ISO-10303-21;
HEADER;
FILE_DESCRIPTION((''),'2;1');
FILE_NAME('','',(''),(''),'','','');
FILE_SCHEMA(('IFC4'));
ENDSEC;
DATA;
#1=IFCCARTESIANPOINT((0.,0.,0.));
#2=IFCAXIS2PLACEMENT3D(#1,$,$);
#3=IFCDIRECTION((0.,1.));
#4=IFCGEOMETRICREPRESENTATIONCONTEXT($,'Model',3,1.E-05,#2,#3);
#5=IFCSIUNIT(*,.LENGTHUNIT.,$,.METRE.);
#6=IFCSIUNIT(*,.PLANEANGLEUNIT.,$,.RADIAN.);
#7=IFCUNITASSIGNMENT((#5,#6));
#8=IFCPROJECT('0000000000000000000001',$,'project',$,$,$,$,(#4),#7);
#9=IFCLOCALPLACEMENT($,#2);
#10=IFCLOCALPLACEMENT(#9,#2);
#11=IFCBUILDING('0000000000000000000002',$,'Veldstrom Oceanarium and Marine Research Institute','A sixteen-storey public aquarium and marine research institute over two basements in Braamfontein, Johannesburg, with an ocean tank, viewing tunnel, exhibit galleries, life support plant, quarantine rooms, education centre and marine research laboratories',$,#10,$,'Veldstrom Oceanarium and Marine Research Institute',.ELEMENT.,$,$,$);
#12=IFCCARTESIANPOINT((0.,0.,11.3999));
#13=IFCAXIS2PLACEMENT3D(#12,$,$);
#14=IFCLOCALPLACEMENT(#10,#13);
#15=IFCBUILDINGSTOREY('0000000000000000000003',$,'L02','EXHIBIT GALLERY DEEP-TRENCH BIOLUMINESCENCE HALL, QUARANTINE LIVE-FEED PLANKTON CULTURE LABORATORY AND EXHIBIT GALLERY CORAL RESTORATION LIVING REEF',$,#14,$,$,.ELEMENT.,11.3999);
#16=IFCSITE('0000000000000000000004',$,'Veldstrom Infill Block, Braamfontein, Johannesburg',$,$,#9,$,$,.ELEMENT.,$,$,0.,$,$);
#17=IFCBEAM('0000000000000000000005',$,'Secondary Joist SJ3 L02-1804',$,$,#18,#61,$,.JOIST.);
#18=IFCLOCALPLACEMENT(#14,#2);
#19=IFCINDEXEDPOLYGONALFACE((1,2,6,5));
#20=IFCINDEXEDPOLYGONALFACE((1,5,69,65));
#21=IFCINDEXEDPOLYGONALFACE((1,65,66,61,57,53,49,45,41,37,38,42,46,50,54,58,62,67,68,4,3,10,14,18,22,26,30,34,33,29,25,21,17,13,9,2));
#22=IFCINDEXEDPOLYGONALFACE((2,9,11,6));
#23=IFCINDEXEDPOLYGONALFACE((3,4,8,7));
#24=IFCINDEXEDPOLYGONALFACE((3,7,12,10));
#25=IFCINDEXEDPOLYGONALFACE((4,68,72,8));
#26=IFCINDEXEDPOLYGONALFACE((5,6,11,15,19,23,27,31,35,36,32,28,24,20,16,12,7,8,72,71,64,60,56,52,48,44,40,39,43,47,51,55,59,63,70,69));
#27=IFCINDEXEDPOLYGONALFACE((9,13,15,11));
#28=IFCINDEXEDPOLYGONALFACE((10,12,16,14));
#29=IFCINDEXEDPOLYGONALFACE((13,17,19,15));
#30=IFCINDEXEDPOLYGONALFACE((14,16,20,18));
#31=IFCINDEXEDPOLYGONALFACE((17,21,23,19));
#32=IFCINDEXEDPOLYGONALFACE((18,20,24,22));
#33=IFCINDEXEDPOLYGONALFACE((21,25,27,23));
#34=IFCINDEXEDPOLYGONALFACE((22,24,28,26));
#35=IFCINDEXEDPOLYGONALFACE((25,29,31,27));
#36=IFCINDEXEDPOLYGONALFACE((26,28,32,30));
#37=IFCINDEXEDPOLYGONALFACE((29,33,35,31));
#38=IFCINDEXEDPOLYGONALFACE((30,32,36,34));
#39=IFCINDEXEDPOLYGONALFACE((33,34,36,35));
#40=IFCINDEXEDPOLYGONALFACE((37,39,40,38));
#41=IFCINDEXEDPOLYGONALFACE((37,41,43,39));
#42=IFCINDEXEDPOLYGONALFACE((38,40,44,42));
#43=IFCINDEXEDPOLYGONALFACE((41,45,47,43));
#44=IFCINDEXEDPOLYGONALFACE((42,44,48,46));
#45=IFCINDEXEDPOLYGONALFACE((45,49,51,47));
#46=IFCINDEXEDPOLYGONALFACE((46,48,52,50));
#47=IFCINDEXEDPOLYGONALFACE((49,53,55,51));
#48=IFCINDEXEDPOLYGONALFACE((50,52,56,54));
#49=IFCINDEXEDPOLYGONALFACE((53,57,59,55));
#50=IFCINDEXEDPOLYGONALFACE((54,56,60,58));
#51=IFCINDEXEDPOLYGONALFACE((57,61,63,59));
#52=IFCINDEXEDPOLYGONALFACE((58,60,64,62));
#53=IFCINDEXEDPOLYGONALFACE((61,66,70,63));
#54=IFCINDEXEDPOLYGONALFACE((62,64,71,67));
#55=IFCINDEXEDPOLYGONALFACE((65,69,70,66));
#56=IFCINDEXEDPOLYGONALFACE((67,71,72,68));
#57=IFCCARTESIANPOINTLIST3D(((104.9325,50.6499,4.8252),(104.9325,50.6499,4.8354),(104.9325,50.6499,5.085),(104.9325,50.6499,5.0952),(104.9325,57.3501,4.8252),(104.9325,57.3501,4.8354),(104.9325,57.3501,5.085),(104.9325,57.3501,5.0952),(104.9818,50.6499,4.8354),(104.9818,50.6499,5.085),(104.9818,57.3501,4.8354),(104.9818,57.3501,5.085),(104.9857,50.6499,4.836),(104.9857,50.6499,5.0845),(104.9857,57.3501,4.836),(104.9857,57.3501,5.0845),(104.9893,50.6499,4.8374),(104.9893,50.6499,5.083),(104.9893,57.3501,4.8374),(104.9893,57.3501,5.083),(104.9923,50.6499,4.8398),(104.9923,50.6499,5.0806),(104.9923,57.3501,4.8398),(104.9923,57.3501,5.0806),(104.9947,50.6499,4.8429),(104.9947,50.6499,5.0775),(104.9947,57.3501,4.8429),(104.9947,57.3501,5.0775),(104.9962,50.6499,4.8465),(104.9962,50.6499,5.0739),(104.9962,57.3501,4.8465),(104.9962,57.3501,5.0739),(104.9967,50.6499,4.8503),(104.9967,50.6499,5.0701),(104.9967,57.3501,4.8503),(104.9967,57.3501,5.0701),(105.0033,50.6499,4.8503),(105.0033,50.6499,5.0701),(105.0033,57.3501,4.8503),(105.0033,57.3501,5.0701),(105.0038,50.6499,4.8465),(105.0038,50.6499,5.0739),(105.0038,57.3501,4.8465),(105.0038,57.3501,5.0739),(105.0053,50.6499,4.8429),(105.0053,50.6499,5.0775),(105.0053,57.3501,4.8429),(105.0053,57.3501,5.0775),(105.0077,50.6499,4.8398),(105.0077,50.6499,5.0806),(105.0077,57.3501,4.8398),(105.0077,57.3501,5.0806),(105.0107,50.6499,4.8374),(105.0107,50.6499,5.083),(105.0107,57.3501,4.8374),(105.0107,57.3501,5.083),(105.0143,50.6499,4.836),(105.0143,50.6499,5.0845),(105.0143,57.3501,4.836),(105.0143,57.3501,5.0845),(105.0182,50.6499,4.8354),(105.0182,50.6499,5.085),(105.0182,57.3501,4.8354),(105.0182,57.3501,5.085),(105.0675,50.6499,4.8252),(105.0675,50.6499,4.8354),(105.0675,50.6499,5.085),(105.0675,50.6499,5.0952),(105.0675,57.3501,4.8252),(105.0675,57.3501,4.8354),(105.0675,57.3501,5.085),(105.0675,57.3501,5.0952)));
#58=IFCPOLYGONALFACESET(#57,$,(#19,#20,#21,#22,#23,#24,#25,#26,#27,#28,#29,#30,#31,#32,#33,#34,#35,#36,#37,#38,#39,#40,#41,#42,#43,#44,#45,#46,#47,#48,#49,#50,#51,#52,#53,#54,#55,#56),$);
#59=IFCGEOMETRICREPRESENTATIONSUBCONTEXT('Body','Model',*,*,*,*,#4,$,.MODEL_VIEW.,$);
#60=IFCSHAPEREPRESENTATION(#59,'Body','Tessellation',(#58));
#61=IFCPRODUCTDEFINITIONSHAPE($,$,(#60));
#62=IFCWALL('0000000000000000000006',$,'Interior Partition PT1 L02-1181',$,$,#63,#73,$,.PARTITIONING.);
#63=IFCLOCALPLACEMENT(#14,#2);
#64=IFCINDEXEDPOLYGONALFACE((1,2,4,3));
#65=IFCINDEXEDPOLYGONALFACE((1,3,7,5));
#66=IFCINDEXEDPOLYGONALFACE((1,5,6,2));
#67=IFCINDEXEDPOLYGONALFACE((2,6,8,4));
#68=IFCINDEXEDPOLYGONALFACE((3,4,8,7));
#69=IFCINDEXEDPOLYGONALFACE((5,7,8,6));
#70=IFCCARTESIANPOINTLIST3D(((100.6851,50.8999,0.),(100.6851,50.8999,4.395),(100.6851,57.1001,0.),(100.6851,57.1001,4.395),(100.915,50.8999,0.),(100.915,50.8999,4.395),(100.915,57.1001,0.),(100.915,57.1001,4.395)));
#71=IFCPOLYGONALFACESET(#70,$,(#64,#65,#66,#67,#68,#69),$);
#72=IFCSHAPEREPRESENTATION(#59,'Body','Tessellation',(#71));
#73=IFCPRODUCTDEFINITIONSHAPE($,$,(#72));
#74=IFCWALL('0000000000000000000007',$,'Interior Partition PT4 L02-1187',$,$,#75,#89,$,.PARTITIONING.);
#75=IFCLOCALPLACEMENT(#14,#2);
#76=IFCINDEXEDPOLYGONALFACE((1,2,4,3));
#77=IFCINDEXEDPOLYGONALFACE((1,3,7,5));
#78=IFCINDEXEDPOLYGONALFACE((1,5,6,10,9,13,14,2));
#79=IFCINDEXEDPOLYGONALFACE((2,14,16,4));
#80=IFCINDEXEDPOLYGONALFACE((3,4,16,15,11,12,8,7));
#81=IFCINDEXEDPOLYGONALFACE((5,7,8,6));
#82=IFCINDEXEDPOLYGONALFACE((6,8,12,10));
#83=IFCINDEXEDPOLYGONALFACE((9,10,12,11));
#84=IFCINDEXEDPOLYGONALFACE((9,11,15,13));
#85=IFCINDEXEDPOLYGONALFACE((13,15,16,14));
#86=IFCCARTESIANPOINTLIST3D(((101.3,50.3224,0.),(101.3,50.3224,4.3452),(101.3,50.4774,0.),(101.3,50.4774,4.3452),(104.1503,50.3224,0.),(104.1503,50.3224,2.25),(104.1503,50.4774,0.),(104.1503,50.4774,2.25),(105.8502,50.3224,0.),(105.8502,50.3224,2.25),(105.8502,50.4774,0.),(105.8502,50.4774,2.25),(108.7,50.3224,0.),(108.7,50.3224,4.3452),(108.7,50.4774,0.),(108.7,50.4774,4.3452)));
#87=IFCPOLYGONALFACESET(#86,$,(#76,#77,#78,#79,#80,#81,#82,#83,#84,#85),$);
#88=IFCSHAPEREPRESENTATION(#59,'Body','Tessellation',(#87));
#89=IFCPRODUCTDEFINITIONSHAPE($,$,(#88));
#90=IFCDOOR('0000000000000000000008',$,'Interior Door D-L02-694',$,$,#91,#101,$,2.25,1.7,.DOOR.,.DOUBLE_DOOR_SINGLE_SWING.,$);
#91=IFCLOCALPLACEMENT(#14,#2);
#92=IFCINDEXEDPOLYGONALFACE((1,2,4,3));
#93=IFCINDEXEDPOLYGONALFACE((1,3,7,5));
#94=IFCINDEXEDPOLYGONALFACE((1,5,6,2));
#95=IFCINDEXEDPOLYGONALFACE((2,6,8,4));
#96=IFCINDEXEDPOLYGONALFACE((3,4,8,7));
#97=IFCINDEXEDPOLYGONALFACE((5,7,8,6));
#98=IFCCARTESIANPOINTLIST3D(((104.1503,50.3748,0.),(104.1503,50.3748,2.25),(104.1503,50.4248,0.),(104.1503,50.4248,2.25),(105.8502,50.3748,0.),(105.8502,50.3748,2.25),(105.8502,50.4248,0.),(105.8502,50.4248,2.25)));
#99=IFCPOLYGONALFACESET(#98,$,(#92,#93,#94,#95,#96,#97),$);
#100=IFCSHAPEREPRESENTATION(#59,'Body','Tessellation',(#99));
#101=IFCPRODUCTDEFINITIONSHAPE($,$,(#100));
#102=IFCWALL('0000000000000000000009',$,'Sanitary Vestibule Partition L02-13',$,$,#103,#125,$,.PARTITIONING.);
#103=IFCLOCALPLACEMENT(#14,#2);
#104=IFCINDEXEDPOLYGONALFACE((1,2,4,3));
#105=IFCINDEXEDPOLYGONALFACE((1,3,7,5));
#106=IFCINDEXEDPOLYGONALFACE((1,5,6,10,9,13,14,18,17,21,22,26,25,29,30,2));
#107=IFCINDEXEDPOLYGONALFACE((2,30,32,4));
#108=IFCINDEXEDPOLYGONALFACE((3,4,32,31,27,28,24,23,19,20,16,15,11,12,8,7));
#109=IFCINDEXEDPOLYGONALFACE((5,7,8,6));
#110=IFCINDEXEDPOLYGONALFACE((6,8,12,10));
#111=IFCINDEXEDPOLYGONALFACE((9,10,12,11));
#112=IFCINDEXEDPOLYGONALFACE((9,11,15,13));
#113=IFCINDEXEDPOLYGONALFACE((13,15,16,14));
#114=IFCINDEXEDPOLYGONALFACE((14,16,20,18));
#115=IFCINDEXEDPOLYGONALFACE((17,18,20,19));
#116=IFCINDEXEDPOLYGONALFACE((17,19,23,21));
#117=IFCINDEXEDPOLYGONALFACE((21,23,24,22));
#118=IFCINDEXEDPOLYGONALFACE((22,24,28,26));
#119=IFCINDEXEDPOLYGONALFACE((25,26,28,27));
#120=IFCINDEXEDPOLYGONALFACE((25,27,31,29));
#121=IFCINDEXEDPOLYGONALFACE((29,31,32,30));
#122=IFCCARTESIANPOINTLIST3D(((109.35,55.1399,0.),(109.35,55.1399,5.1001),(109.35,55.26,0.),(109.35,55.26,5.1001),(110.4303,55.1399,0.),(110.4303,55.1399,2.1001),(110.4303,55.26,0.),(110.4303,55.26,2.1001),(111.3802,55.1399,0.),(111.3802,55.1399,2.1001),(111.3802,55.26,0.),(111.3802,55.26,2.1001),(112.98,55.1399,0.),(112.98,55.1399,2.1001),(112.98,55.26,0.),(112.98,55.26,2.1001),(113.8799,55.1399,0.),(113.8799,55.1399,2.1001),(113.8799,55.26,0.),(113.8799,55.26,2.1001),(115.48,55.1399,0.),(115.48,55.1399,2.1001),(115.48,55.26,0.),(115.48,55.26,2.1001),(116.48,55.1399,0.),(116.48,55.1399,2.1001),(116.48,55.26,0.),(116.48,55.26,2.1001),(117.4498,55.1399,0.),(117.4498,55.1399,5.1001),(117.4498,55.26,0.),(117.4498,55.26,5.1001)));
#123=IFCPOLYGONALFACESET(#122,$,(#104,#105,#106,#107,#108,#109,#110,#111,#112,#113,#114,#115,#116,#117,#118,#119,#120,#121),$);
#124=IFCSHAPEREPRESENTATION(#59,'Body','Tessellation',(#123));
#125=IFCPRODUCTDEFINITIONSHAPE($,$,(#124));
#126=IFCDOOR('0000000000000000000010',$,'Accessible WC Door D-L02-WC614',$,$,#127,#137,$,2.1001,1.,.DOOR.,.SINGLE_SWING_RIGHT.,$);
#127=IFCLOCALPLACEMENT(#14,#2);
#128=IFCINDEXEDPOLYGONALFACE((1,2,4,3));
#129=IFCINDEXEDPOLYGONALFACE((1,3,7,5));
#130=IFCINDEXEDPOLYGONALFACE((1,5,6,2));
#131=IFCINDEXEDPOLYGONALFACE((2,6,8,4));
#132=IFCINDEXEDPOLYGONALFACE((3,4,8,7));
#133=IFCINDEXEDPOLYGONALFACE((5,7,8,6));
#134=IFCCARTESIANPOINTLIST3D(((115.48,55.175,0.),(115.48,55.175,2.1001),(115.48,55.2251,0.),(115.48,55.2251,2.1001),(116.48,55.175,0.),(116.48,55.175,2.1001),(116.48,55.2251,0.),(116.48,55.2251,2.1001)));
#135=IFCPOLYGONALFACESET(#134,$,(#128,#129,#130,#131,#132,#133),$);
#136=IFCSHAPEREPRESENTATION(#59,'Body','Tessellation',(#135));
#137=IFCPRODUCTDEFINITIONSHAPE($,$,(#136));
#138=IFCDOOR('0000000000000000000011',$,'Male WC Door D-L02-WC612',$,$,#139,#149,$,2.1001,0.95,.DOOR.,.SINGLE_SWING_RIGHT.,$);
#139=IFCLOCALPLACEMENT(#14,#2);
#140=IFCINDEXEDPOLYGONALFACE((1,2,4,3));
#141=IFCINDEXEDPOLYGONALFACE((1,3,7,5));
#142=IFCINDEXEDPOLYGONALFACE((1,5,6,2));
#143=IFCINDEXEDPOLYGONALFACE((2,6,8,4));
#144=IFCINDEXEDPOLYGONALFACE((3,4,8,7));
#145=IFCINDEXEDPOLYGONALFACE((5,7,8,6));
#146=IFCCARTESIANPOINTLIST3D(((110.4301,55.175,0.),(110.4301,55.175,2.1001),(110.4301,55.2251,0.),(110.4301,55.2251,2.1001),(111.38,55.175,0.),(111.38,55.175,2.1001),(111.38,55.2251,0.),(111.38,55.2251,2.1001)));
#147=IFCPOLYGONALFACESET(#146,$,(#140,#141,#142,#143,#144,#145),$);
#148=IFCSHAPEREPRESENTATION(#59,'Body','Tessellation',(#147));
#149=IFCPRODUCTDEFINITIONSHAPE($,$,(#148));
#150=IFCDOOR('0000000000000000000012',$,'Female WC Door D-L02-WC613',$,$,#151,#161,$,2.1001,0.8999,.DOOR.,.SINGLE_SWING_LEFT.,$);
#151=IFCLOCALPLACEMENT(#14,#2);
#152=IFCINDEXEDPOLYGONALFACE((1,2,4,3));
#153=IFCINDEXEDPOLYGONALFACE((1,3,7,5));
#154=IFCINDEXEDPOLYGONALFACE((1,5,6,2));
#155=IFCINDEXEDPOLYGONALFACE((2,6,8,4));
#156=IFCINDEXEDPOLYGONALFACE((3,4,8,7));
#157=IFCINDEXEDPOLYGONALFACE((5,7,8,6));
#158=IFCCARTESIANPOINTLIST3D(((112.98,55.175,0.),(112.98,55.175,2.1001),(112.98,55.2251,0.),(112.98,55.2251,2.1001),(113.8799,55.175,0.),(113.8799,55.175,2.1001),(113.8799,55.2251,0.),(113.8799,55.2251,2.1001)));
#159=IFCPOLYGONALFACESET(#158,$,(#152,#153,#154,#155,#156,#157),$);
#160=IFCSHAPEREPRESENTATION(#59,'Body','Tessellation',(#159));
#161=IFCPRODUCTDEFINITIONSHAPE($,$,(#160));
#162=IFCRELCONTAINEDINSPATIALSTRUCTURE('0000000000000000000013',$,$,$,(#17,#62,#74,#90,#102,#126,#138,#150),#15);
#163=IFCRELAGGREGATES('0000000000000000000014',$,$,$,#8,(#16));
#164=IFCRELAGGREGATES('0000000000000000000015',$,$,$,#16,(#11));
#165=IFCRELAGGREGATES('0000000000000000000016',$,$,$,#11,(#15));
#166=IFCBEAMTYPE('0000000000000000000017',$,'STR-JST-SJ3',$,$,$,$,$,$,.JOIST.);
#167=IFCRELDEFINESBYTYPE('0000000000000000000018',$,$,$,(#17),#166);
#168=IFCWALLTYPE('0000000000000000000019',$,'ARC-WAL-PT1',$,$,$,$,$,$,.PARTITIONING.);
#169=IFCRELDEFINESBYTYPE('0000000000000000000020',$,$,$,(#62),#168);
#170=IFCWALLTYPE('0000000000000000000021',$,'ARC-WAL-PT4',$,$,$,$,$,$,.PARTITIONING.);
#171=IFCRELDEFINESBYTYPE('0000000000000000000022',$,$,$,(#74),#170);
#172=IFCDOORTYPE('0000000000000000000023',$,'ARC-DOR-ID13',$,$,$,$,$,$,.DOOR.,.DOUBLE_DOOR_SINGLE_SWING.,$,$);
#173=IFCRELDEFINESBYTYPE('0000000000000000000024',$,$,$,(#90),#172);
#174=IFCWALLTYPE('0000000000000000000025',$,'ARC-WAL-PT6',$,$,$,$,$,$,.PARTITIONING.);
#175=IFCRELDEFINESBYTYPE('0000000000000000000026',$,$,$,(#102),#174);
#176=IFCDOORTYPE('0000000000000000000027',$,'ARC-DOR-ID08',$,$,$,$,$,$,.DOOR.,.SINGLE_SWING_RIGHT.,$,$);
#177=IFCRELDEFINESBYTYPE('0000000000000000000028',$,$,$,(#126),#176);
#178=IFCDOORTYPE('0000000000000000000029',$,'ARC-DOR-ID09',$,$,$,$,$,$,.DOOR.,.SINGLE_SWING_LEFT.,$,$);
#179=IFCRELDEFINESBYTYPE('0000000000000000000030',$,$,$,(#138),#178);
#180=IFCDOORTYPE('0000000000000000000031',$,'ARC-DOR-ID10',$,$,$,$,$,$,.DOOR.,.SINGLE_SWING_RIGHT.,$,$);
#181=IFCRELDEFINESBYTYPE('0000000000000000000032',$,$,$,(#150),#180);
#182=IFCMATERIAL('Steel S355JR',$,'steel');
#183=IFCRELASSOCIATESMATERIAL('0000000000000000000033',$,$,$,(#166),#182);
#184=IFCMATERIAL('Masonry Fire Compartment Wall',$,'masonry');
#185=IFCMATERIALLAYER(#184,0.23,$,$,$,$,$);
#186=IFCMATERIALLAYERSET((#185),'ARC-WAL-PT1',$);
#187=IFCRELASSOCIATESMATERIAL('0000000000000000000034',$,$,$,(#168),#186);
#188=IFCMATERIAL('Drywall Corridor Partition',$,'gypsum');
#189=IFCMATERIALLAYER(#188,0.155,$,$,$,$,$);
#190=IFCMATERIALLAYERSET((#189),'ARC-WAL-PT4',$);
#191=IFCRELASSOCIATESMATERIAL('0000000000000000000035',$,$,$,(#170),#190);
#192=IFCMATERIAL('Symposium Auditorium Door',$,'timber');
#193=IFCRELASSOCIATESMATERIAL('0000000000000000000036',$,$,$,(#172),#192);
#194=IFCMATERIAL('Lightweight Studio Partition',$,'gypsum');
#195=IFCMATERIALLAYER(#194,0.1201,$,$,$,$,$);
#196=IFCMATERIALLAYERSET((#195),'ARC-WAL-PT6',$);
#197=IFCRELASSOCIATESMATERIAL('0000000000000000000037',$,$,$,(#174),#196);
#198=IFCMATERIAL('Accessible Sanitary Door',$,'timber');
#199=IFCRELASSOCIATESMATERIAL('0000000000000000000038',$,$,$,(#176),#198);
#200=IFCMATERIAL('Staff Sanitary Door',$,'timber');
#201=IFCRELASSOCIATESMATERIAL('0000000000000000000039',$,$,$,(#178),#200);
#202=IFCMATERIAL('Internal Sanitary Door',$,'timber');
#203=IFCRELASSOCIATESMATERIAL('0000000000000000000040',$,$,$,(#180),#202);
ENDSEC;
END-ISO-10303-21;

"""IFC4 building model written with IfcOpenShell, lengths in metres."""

from ifc_helpers import new_model, si_unit, direction, frame, frame_2d, origin, origin_2d, place, context, subcontext, project, spatial, rectangle, i_section, extrude, material, layer, layer_set, material_profile, profile_set, type_object, element, fill, save


model = new_model("IFC4")

# Units and contexts
model_context = context("Model", 3, precision=1e-05, world=origin(), true_north=direction((0.0, 1.0)))
body_context = subcontext(model_context, "Body", "Model", "MODEL_VIEW")
ifc_project = project(units=[si_unit("LENGTHUNIT", "METRE"), si_unit("PLANEANGLEUNIT", "RADIAN")], contexts=[model_context])

# Site, building, storey
site_placement = place(None, origin())
site = spatial("IfcSite", under=ifc_project, at=site_placement, Name="Veldstrom Infill Block, Braamfontein, Johannesburg", CompositionType="ELEMENT", RefElevation=0.0)
building_placement = place(site_placement, origin())
building = spatial("IfcBuilding", under=site, at=building_placement, Name="Veldstrom Oceanarium and Marine Research Institute", Description="A sixteen-storey public aquarium and marine research institute over two basements in Braamfontein, Johannesburg, with an ocean tank, viewing tunnel, exhibit galleries, life support plant, quarantine rooms, education centre and marine research laboratories", LongName="Veldstrom Oceanarium and Marine Research Institute", CompositionType="ELEMENT")
storey_placement = place(building_placement, frame((0.0, 0.0, 11.3999)))
storey = spatial("IfcBuildingStorey", under=building, at=storey_placement, Name="L02", Description="EXHIBIT GALLERY DEEP-TRENCH BIOLUMINESCENCE HALL, QUARANTINE LIVE-FEED PLANKTON CULTURE LABORATORY AND EXHIBIT GALLERY CORAL RESTORATION LIVING REEF", CompositionType="ELEMENT", Elevation=11.3999)

# Beam
ifc_material_1 = material(Name="Steel S355JR", Category="steel")
ifc_material_profile_1 = material_profile(ifc_material_1, i_section(OverallWidth=0.135, OverallDepth=0.27, WebThickness=0.0066, FlangeThickness=0.0103, FilletRadius=0.0149, at=origin_2d()), Name="IPE 270")
ifc_profile_set_1 = profile_set([ifc_material_profile_1], Name="Steel S355JR")
beam_type_1 = type_object("IfcBeamType", Name="STR-JST-SJ3", PredefinedType="JOIST", material=ifc_profile_set_1)
beam_1_placement = place(storey_placement, frame((105.0, 50.6499, 4.9602), z_axis=(0.0, 1.0, 0.0), x_axis=(-1.0, 0.0, 0.0)))
element("IfcBeam", 1, at=beam_1_placement, inside=storey, type_object=beam_type_1, Name="Secondary Joist SJ3 L02-1804", PredefinedType="JOIST", context=body_context, shape_type="SweptSolid", body=[
    extrude(i_section(OverallWidth=0.135, OverallDepth=0.27, WebThickness=0.0066, FlangeThickness=0.0103, FilletRadius=0.0149, at=origin_2d()), origin(), (0.0, 0.0, 1.0), 6.7002),
])

# Wall
ifc_material_2 = material(Name="Masonry Fire Compartment Wall", Category="masonry")
ifc_layer_1 = layer(ifc_material_2, 0.23)
ifc_layer_set_1 = layer_set([ifc_layer_1], Name="ARC-WAL-PT1")
wall_type_1 = type_object("IfcWallType", Name="ARC-WAL-PT1", PredefinedType="PARTITIONING", material=ifc_layer_set_1)
wall_1_placement = place(storey_placement, frame((100.8, 50.8999, 0.0), z_axis=(0.0, 0.0, 1.0), x_axis=(0.0, 1.0, 0.0)))
element("IfcWall", 2, at=wall_1_placement, inside=storey, type_object=wall_type_1, Name="Interior Partition PT1 L02-1181", PredefinedType="PARTITIONING", context=body_context, shape_type="SweptSolid", body=[
    extrude(rectangle(XDim=6.2002, YDim=0.23, at=frame_2d((3.1001, 0.0))), origin(), (0.0, 0.0, 1.0), 4.395),
])

# Wall, opening, door
ifc_material_3 = material(Name="Drywall Corridor Partition", Category="gypsum")
ifc_layer_2 = layer(ifc_material_3, 0.155)
ifc_layer_set_2 = layer_set([ifc_layer_2], Name="ARC-WAL-PT4")
wall_type_2 = type_object("IfcWallType", Name="ARC-WAL-PT4", PredefinedType="PARTITIONING", material=ifc_layer_set_2)
wall_2_placement = place(storey_placement, frame((101.3, 50.3999, 0.0), z_axis=(0.0, 0.0, 1.0), x_axis=(1.0, 0.0, 0.0)))
wall_2 = element("IfcWall", 3, at=wall_2_placement, inside=storey, type_object=wall_type_2, Name="Interior Partition PT4 L02-1187", PredefinedType="PARTITIONING", context=body_context, shape_type="SweptSolid", body=[
    extrude(rectangle(XDim=7.3999, YDim=0.155, at=frame_2d((3.7, 0.0))), origin(), (0.0, 0.0, 1.0), 4.3452),
])
opening_1_placement = place(wall_2_placement, frame((2.8501, 0.0, 0.0)))
opening_1 = element("IfcOpeningElement", 4, at=opening_1_placement, cuts=wall_2, PredefinedType="OPENING", context=body_context, shape_type="SweptSolid", body=[
    extrude(rectangle(XDim=1.7, YDim=2.25, at=frame_2d((0.8501, 1.125))), frame((0.0, 0.0874, 0.0), z_axis=(0.0, -1.0, 0.0), x_axis=(1.0, 0.0, 0.0)), (0.0, 0.0, 1.0), 0.175),
])
ifc_material_4 = material(Name="Symposium Auditorium Door", Category="timber")
door_type_1 = type_object("IfcDoorType", Name="ARC-DOR-ID13", OperationType="DOUBLE_DOOR_SINGLE_SWING", PredefinedType="DOOR", material=ifc_material_4)
door_1_placement = place(opening_1_placement, origin())
door_1 = element("IfcDoor", 5, at=door_1_placement, inside=storey, type_object=door_type_1, Name="Interior Door D-L02-694", OperationType="DOUBLE_DOOR_SINGLE_SWING", OverallHeight=2.25, OverallWidth=1.7, PredefinedType="DOOR", context=body_context, shape_type="SweptSolid", body=[
    extrude(rectangle(XDim=1.7, YDim=2.25, at=frame_2d((0.8501, 1.125))), frame((0.0, 0.0249, 0.0), z_axis=(0.0, -1.0, 0.0), x_axis=(1.0, 0.0, 0.0)), (0.0, 0.0, 1.0), 0.05),
])
fill(opening_1, door_1)

# Wall, openings, doors
ifc_material_5 = material(Name="Lightweight Studio Partition", Category="gypsum")
ifc_layer_3 = layer(ifc_material_5, 0.1201)
ifc_layer_set_3 = layer_set([ifc_layer_3], Name="ARC-WAL-PT6")
wall_type_3 = type_object("IfcWallType", Name="ARC-WAL-PT6", PredefinedType="PARTITIONING", material=ifc_layer_set_3)
wall_3_placement = place(storey_placement, frame((109.3501, 55.2, 0.0), z_axis=(0.0, 0.0, 1.0), x_axis=(1.0, 0.0, 0.0)))
wall_3 = element("IfcWall", 6, at=wall_3_placement, inside=storey, type_object=wall_type_3, Name="Sanitary Vestibule Partition L02-13", PredefinedType="PARTITIONING", context=body_context, shape_type="SweptSolid", body=[
    extrude(rectangle(XDim=8.0999, YDim=0.1201, at=frame_2d((4.0498, 0.0))), origin(), (0.0, 0.0, 1.0), 5.1001),
])
opening_2_placement = place(wall_3_placement, frame((1.0801, 0.0, 0.0)))
opening_2 = element("IfcOpeningElement", 7, at=opening_2_placement, cuts=wall_3, PredefinedType="OPENING", context=body_context, shape_type="SweptSolid", body=[
    extrude(rectangle(XDim=0.95, YDim=2.1001, at=frame_2d((0.4751, 1.05))), frame((0.0, 0.0701, 0.0), z_axis=(0.0, -1.0, 0.0), x_axis=(1.0, 0.0, 0.0)), (0.0, 0.0, 1.0), 0.1401),
])
opening_3_placement = place(wall_3_placement, frame((3.6299, 0.0, 0.0)))
opening_3 = element("IfcOpeningElement", 8, at=opening_3_placement, cuts=wall_3, PredefinedType="OPENING", context=body_context, shape_type="SweptSolid", body=[
    extrude(rectangle(XDim=0.8999, YDim=2.1001, at=frame_2d((0.45, 1.05))), frame((0.0, 0.0701, 0.0), z_axis=(0.0, -1.0, 0.0), x_axis=(1.0, 0.0, 0.0)), (0.0, 0.0, 1.0), 0.1401),
])
opening_4_placement = place(wall_3_placement, frame((6.1299, 0.0, 0.0)))
opening_4 = element("IfcOpeningElement", 9, at=opening_4_placement, cuts=wall_3, PredefinedType="OPENING", context=body_context, shape_type="SweptSolid", body=[
    extrude(rectangle(XDim=1.0, YDim=2.1001, at=frame_2d((0.5, 1.05))), frame((0.0, 0.0701, 0.0), z_axis=(0.0, -1.0, 0.0), x_axis=(1.0, 0.0, 0.0)), (0.0, 0.0, 1.0), 0.1401),
])
ifc_material_6 = material(Name="Accessible Sanitary Door", Category="timber")
door_type_2 = type_object("IfcDoorType", Name="ARC-DOR-ID08", OperationType="SINGLE_SWING_RIGHT", PredefinedType="DOOR", material=ifc_material_6)
door_2_placement = place(opening_4_placement, frame((1.0, 0.0, 0.0), z_axis=(0.0, 0.0, 1.0), x_axis=(-1.0, 0.0, 0.0)))
door_2 = element("IfcDoor", 10, at=door_2_placement, inside=storey, type_object=door_type_2, Name="Accessible WC Door D-L02-WC614", OperationType="SINGLE_SWING_RIGHT", OverallHeight=2.1001, OverallWidth=1.0, PredefinedType="DOOR", context=body_context, shape_type="SweptSolid", body=[
    extrude(rectangle(XDim=1.0, YDim=2.1001, at=frame_2d((0.5, 1.05))), frame((0.0, 0.0249, 0.0), z_axis=(0.0, -1.0, 0.0), x_axis=(1.0, 0.0, 0.0)), (0.0, 0.0, 1.0), 0.05),
])
fill(opening_4, door_2)
ifc_material_7 = material(Name="Staff Sanitary Door", Category="timber")
door_type_3 = type_object("IfcDoorType", Name="ARC-DOR-ID09", OperationType="SINGLE_SWING_LEFT", PredefinedType="DOOR", material=ifc_material_7)
door_3_placement = place(opening_2_placement, frame((0.95, 0.0, 0.0), z_axis=(0.0, 0.0, 1.0), x_axis=(-1.0, 0.0, 0.0)))
door_3 = element("IfcDoor", 11, at=door_3_placement, inside=storey, type_object=door_type_3, Name="Male WC Door D-L02-WC612", OperationType="SINGLE_SWING_RIGHT", OverallHeight=2.1001, OverallWidth=0.95, PredefinedType="DOOR", context=body_context, shape_type="SweptSolid", body=[
    extrude(rectangle(XDim=0.95, YDim=2.1001, at=frame_2d((0.4751, 1.05))), frame((0.0, 0.0249, 0.0), z_axis=(0.0, -1.0, 0.0), x_axis=(1.0, 0.0, 0.0)), (0.0, 0.0, 1.0), 0.05),
])
fill(opening_2, door_3)
ifc_material_8 = material(Name="Internal Sanitary Door", Category="timber")
door_type_4 = type_object("IfcDoorType", Name="ARC-DOR-ID10", OperationType="SINGLE_SWING_RIGHT", PredefinedType="DOOR", material=ifc_material_8)
door_4_placement = place(opening_3_placement, frame((0.8999, 0.0, 0.0), z_axis=(0.0, 0.0, 1.0), x_axis=(-1.0, 0.0, 0.0)))
door_4 = element("IfcDoor", 12, at=door_4_placement, inside=storey, type_object=door_type_4, Name="Female WC Door D-L02-WC613", OperationType="SINGLE_SWING_LEFT", OverallHeight=2.1001, OverallWidth=0.8999, PredefinedType="DOOR", context=body_context, shape_type="SweptSolid", body=[
    extrude(rectangle(XDim=0.8999, YDim=2.1001, at=frame_2d((0.45, 1.05))), frame((0.0, 0.0249, 0.0), z_axis=(0.0, -1.0, 0.0), x_axis=(1.0, 0.0, 0.0)), (0.0, 0.0, 1.0), 0.05),
])
fill(opening_3, door_4)

save(model, "model.ifc")
